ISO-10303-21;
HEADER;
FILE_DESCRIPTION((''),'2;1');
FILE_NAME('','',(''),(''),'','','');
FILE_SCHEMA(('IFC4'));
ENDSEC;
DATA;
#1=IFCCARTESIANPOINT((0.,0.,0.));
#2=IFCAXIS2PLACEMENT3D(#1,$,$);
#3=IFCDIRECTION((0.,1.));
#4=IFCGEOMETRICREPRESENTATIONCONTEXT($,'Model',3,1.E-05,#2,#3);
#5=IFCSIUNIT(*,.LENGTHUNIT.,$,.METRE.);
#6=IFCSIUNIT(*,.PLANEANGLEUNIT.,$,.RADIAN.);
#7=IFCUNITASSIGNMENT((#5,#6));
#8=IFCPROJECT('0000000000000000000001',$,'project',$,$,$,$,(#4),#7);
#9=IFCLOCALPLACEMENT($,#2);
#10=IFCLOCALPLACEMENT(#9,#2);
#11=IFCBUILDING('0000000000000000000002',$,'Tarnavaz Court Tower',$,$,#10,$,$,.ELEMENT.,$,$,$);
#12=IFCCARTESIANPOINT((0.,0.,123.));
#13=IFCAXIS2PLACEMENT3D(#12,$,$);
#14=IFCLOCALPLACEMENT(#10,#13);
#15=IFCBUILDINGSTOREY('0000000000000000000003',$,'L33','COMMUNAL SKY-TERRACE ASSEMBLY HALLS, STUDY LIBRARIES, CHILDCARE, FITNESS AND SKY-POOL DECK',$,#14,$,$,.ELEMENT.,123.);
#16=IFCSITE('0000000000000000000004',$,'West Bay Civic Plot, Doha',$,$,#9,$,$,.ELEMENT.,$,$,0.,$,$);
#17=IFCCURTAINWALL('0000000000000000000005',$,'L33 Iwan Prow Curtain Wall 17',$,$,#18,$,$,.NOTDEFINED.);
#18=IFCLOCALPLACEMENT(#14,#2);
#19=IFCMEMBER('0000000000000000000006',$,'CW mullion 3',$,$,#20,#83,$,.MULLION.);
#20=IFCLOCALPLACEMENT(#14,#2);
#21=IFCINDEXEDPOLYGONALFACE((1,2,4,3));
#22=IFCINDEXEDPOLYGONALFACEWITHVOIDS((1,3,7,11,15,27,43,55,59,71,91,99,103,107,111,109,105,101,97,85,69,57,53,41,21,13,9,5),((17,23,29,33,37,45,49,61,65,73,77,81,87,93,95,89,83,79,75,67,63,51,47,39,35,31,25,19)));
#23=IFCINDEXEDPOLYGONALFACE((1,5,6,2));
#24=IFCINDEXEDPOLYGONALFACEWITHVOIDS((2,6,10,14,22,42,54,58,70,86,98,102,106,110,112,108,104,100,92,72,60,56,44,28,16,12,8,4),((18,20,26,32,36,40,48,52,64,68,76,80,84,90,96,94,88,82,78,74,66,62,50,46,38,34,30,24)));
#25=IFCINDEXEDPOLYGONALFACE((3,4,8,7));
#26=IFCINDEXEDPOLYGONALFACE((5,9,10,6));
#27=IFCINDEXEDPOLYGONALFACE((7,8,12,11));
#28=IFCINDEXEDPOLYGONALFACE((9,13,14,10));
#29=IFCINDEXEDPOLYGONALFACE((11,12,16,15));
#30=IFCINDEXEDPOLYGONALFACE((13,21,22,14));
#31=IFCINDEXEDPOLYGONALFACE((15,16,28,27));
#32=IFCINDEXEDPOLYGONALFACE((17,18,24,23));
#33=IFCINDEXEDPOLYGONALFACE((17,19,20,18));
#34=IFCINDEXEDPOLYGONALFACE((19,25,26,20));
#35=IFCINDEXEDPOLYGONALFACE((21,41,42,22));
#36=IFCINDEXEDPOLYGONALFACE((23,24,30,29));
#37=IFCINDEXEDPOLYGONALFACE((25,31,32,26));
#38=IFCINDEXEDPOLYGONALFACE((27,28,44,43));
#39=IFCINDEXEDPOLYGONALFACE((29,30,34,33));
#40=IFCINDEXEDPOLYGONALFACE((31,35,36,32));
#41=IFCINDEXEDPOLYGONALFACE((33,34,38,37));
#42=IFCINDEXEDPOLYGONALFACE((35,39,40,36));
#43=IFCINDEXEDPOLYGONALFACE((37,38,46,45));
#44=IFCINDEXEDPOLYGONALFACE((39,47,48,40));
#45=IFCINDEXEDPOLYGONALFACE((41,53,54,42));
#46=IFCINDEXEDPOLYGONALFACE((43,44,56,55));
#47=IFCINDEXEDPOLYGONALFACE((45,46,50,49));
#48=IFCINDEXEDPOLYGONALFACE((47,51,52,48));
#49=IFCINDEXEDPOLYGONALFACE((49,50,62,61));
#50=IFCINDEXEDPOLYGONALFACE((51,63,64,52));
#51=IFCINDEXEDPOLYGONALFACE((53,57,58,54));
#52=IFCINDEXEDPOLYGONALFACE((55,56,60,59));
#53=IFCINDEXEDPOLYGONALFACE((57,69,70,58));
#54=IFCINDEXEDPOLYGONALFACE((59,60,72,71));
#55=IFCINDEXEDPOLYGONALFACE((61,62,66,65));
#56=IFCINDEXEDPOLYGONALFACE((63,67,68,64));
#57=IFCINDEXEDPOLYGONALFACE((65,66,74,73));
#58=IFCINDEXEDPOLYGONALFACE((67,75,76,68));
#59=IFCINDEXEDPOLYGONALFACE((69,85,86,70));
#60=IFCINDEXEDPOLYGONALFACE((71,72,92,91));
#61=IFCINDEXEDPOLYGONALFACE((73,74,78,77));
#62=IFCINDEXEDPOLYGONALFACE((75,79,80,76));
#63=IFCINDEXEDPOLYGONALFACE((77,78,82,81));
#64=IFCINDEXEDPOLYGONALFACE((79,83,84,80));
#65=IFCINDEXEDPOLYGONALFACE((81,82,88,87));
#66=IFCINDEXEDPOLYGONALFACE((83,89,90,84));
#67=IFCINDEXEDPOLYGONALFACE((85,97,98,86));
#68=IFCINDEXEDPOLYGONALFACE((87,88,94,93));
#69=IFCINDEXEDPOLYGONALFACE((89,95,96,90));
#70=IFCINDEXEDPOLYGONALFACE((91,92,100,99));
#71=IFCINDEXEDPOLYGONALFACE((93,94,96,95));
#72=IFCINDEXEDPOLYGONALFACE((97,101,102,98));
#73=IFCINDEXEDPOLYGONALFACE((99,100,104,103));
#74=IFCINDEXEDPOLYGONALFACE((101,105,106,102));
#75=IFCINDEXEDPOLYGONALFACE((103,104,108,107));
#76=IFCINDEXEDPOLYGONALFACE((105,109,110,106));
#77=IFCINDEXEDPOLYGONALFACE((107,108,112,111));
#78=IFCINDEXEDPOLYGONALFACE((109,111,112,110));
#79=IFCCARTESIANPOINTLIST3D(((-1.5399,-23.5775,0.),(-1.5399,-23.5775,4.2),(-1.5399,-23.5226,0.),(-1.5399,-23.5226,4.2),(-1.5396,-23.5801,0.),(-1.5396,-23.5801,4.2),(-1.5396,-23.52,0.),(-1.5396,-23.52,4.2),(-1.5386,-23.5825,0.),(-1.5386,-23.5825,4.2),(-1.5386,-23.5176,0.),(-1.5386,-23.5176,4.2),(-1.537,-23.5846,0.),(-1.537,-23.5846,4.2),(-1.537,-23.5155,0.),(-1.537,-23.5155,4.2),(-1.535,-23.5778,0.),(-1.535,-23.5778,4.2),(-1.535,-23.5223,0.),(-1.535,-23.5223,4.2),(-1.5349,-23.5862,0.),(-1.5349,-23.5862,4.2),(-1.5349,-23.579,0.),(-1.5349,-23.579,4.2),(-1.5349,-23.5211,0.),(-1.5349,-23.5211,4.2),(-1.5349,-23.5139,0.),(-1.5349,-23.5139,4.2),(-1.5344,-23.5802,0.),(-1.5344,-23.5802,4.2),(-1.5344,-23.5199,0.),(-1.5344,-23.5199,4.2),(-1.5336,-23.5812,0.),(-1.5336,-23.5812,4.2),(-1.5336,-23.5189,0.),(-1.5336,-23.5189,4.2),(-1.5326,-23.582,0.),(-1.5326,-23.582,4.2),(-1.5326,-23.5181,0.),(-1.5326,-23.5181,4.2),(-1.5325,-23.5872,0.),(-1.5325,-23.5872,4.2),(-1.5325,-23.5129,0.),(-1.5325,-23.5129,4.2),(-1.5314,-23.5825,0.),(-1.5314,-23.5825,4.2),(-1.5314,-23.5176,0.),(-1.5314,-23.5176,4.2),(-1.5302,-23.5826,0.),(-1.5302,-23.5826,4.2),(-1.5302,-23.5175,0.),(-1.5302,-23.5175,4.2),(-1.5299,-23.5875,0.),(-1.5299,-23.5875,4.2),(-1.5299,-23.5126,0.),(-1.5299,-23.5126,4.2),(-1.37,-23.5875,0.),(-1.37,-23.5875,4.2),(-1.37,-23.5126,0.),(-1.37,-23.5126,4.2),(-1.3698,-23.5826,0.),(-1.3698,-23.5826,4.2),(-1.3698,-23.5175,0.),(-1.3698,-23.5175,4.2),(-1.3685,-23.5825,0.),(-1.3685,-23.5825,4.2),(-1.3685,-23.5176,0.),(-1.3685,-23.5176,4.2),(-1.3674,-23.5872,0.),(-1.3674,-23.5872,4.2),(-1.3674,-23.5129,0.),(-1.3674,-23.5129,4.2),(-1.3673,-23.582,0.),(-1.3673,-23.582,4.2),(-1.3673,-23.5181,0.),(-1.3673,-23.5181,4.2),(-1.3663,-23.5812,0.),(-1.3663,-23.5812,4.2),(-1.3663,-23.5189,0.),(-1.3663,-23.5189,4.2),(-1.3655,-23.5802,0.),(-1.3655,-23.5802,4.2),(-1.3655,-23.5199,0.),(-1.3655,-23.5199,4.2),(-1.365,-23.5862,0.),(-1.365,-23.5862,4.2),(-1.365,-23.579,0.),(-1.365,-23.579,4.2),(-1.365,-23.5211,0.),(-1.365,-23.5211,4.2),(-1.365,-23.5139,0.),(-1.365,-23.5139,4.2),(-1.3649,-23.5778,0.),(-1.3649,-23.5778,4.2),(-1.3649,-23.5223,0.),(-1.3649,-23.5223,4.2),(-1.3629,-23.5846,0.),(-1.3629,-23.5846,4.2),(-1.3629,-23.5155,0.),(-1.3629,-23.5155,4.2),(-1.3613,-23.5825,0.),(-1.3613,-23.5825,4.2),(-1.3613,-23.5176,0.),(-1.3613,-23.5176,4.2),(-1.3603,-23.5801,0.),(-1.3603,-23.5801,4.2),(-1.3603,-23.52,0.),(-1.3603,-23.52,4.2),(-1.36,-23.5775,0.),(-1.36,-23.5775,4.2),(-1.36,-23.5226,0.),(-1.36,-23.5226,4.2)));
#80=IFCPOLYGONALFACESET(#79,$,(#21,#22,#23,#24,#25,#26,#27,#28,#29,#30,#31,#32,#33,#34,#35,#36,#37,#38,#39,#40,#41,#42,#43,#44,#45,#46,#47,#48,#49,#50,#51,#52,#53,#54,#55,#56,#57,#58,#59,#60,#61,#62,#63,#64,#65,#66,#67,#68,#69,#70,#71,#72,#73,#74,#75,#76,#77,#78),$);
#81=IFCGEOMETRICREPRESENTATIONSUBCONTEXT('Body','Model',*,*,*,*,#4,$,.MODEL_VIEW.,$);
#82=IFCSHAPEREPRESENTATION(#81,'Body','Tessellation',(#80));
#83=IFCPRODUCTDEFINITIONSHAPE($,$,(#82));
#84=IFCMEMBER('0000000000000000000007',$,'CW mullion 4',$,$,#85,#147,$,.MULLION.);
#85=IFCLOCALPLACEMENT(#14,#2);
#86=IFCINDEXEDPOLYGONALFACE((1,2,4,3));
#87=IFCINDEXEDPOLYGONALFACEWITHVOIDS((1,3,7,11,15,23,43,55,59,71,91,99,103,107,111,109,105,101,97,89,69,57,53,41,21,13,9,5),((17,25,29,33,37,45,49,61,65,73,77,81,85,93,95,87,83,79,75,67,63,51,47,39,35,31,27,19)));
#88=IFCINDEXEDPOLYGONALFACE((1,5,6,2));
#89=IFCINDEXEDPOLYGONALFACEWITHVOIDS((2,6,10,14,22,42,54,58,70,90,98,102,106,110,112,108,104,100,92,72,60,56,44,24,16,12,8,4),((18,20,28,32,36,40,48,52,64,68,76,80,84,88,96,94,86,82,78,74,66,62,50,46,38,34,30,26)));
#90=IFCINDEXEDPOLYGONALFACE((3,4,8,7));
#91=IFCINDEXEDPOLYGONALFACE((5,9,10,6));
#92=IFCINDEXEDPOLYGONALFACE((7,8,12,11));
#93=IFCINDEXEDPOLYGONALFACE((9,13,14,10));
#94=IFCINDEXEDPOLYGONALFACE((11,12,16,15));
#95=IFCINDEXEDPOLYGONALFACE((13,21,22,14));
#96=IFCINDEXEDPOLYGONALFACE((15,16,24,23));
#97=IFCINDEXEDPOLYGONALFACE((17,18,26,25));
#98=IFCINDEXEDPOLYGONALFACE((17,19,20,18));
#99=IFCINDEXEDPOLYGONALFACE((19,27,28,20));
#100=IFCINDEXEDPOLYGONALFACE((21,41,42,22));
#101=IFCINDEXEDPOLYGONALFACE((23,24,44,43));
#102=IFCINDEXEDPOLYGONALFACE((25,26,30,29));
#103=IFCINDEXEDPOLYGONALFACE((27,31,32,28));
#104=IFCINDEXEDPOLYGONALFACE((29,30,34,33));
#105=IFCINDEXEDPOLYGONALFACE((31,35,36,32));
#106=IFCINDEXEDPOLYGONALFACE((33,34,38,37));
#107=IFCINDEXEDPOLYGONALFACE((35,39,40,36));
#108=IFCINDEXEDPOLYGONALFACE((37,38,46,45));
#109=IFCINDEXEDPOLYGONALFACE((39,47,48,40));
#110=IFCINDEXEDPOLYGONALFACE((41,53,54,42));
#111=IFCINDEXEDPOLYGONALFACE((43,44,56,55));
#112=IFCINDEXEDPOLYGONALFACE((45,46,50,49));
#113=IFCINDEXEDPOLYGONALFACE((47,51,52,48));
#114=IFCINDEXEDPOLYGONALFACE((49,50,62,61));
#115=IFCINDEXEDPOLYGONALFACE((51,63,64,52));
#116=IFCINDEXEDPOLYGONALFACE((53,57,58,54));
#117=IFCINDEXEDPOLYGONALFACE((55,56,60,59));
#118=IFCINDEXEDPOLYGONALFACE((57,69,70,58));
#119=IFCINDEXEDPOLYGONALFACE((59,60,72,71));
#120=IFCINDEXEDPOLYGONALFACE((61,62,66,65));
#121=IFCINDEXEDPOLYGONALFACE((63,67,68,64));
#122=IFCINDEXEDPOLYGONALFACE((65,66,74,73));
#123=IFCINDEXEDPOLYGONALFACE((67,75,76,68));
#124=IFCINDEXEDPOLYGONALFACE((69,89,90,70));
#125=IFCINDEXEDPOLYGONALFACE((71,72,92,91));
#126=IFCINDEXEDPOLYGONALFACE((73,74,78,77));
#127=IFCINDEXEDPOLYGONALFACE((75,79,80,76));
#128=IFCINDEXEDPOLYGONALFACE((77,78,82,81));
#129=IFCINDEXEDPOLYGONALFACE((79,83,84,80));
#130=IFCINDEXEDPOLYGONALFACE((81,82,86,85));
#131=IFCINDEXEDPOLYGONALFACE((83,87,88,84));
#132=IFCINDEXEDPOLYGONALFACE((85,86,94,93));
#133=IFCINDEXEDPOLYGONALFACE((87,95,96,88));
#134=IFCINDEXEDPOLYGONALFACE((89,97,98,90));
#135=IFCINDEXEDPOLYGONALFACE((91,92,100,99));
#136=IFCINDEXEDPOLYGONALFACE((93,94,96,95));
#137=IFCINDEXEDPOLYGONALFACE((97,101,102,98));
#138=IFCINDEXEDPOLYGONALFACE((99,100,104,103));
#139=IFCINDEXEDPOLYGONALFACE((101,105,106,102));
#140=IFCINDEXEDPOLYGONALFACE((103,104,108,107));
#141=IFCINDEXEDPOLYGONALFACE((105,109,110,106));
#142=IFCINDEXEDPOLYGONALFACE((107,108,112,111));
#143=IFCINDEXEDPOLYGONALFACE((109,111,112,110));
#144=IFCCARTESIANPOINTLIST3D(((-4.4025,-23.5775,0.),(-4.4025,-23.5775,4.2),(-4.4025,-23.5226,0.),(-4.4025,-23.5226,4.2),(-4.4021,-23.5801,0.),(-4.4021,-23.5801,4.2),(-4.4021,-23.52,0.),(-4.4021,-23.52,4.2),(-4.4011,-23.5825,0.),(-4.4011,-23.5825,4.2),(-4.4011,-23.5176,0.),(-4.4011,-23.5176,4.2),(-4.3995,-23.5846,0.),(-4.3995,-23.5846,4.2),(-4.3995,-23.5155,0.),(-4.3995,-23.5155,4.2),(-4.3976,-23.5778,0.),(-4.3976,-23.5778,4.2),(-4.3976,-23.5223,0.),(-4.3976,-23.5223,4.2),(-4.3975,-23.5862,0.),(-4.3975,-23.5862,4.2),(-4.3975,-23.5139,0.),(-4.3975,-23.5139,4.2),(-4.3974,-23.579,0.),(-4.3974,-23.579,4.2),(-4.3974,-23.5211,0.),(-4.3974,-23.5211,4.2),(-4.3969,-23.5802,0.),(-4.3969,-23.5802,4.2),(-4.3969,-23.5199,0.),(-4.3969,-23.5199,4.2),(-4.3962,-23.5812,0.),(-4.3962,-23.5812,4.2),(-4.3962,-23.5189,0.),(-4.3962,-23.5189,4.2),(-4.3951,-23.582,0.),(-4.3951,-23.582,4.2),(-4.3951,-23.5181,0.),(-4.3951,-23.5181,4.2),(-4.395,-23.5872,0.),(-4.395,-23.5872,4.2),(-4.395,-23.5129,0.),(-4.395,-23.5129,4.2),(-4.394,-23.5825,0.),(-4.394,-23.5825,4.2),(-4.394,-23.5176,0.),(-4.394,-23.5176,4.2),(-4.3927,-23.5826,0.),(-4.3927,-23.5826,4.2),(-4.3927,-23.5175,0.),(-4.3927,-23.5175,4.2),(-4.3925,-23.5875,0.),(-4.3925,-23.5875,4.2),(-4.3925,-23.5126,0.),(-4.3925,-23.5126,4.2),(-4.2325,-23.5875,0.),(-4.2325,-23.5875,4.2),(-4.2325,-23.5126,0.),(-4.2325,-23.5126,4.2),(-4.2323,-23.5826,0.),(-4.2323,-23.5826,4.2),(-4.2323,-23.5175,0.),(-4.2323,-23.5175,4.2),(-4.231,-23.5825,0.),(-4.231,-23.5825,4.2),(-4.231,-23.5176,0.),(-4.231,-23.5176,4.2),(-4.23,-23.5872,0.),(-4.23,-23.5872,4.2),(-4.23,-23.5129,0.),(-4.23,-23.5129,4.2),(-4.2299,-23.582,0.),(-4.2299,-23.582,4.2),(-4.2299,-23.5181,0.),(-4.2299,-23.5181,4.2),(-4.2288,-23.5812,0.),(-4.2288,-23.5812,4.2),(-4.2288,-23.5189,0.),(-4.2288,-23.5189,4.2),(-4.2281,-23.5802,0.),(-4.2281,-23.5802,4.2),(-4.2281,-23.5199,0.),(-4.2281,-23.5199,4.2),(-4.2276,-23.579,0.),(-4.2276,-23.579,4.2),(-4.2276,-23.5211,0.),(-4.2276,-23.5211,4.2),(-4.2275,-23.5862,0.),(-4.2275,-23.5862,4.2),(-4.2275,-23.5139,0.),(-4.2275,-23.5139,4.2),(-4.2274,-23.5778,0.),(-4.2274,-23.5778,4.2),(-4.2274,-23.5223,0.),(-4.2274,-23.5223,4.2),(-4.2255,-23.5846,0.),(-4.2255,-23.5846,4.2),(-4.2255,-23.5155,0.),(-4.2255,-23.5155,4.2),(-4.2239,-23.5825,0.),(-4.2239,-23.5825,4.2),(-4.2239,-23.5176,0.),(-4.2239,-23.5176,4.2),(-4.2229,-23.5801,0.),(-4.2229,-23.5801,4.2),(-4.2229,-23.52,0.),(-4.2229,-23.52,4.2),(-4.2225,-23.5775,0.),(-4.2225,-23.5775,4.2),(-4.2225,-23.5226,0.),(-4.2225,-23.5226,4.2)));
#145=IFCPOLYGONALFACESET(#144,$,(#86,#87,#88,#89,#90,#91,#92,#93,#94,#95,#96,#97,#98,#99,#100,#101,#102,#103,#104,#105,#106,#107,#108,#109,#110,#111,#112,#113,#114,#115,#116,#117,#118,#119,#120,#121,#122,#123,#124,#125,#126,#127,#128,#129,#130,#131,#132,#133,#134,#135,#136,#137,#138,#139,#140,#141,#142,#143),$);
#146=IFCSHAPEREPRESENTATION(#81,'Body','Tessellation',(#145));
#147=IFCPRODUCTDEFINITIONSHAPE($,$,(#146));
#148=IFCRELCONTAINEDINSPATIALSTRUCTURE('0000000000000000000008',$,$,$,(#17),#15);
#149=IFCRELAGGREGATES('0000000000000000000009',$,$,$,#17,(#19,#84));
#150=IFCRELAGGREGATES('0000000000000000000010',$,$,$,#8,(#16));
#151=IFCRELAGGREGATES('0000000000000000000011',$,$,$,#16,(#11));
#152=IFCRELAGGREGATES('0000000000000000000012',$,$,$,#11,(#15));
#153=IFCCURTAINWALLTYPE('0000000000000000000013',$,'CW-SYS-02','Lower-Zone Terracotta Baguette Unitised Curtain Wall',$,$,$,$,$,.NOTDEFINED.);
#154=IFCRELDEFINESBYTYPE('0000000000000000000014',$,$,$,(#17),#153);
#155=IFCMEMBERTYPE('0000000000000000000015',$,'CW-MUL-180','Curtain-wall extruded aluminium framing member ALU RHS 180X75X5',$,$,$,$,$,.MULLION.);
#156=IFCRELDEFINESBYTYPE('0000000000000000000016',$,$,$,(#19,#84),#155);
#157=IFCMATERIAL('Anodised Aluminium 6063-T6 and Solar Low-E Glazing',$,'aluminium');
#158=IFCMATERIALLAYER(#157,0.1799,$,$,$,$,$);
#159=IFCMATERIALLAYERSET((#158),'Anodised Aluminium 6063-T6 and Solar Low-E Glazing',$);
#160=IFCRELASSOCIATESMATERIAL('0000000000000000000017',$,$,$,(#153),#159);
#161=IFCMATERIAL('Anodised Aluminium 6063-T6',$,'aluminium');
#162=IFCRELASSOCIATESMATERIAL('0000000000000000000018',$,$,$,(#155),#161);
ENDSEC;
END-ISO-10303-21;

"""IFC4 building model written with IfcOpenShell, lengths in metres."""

from ifc_helpers import new_model, si_unit, direction, frame, origin, origin_2d, place, context, subcontext, project, spatial, hollow_rectangle, extrude, material, layer, layer_set, material_profile, profile_set, type_object, element, aggregate, save


model = new_model("IFC4")

# Units and contexts
model_context = context("Model", 3, precision=1e-05, world=origin(), true_north=direction((0.0, 1.0)))
body_context = subcontext(model_context, "Body", "Model", "MODEL_VIEW")
ifc_project = project(units=[si_unit("LENGTHUNIT", "METRE"), si_unit("PLANEANGLEUNIT", "RADIAN")], contexts=[model_context])

# Site, building, storey
site_placement = place(None, origin())
site = spatial("IfcSite", under=ifc_project, at=site_placement, Name="West Bay Civic Plot, Doha", CompositionType="ELEMENT", RefElevation=0.0)
building_placement = place(site_placement, origin())
building = spatial("IfcBuilding", under=site, at=building_placement, Name="Tarnavaz Court Tower", CompositionType="ELEMENT")
storey_placement = place(building_placement, frame((0.0, 0.0, 123.0)))
storey = spatial("IfcBuildingStorey", under=building, at=storey_placement, Name="L33", Description="COMMUNAL SKY-TERRACE ASSEMBLY HALLS, STUDY LIBRARIES, CHILDCARE, FITNESS AND SKY-POOL DECK", CompositionType="ELEMENT", Elevation=123.0)

# Curtain wall, members
ifc_material_1 = material(Name="Anodised Aluminium 6063-T6 and Solar Low-E Glazing", Category="aluminium")
ifc_layer_1 = layer(ifc_material_1, 0.1799)
ifc_layer_set_1 = layer_set([ifc_layer_1], Name="Anodised Aluminium 6063-T6 and Solar Low-E Glazing")
curtain_wall_type = type_object("IfcCurtainWallType", Name="CW-SYS-02", Description="Lower-Zone Terracotta Baguette Unitised Curtain Wall", PredefinedType="NOTDEFINED", material=ifc_layer_set_1)
curtain_wall_placement = place(storey_placement, origin())
curtain_wall = element("IfcCurtainWall", 1, at=curtain_wall_placement, inside=storey, type_object=curtain_wall_type, Name="L33 Iwan Prow Curtain Wall 17", PredefinedType="NOTDEFINED")
ifc_material_2 = material(Name="Anodised Aluminium 6063-T6", Category="aluminium")
ifc_material_profile_1 = material_profile(ifc_material_2, hollow_rectangle(XDim=0.075, YDim=0.1799, WallThickness=0.0049, InnerFilletRadius=0.0049, OuterFilletRadius=0.01, at=origin_2d()), Name="ALU RHS 180X75X5")
ifc_profile_set_1 = profile_set([ifc_material_profile_1], Name="Anodised Aluminium 6063-T6")
member_type_1 = type_object("IfcMemberType", Name="CW-MUL-180", Description="Curtain-wall extruded aluminium framing member ALU RHS 180X75X5", PredefinedType="MULLION", material=ifc_profile_set_1)
member_1_placement = place(storey_placement, frame((-1.45, -23.55, 0.0), z_axis=(0.0, 0.0, 1.0), x_axis=(0.0, -1.0, 0.0)))
member_1 = element("IfcMember", 2, at=member_1_placement, type_object=member_type_1, Name="CW mullion 3", PredefinedType="MULLION", context=body_context, shape_type="SweptSolid", body=[
    extrude(hollow_rectangle(XDim=0.075, YDim=0.1799, WallThickness=0.0049, InnerFilletRadius=0.0049, OuterFilletRadius=0.01, at=origin_2d()), origin(), (0.0, 0.0, 1.0), 4.2),
])
member_2_placement = place(storey_placement, frame((-4.3125, -23.55, 0.0), z_axis=(0.0, 0.0, 1.0), x_axis=(0.0, -1.0, 0.0)))
member_2 = element("IfcMember", 3, at=member_2_placement, type_object=member_type_1, Name="CW mullion 4", PredefinedType="MULLION", context=body_context, shape_type="SweptSolid", body=[
    extrude(hollow_rectangle(XDim=0.075, YDim=0.1799, WallThickness=0.0049, InnerFilletRadius=0.0049, OuterFilletRadius=0.01, at=origin_2d()), origin(), (0.0, 0.0, 1.0), 4.2),
])
aggregate(curtain_wall, [member_1, member_2])

save(model, "model.ifc")
